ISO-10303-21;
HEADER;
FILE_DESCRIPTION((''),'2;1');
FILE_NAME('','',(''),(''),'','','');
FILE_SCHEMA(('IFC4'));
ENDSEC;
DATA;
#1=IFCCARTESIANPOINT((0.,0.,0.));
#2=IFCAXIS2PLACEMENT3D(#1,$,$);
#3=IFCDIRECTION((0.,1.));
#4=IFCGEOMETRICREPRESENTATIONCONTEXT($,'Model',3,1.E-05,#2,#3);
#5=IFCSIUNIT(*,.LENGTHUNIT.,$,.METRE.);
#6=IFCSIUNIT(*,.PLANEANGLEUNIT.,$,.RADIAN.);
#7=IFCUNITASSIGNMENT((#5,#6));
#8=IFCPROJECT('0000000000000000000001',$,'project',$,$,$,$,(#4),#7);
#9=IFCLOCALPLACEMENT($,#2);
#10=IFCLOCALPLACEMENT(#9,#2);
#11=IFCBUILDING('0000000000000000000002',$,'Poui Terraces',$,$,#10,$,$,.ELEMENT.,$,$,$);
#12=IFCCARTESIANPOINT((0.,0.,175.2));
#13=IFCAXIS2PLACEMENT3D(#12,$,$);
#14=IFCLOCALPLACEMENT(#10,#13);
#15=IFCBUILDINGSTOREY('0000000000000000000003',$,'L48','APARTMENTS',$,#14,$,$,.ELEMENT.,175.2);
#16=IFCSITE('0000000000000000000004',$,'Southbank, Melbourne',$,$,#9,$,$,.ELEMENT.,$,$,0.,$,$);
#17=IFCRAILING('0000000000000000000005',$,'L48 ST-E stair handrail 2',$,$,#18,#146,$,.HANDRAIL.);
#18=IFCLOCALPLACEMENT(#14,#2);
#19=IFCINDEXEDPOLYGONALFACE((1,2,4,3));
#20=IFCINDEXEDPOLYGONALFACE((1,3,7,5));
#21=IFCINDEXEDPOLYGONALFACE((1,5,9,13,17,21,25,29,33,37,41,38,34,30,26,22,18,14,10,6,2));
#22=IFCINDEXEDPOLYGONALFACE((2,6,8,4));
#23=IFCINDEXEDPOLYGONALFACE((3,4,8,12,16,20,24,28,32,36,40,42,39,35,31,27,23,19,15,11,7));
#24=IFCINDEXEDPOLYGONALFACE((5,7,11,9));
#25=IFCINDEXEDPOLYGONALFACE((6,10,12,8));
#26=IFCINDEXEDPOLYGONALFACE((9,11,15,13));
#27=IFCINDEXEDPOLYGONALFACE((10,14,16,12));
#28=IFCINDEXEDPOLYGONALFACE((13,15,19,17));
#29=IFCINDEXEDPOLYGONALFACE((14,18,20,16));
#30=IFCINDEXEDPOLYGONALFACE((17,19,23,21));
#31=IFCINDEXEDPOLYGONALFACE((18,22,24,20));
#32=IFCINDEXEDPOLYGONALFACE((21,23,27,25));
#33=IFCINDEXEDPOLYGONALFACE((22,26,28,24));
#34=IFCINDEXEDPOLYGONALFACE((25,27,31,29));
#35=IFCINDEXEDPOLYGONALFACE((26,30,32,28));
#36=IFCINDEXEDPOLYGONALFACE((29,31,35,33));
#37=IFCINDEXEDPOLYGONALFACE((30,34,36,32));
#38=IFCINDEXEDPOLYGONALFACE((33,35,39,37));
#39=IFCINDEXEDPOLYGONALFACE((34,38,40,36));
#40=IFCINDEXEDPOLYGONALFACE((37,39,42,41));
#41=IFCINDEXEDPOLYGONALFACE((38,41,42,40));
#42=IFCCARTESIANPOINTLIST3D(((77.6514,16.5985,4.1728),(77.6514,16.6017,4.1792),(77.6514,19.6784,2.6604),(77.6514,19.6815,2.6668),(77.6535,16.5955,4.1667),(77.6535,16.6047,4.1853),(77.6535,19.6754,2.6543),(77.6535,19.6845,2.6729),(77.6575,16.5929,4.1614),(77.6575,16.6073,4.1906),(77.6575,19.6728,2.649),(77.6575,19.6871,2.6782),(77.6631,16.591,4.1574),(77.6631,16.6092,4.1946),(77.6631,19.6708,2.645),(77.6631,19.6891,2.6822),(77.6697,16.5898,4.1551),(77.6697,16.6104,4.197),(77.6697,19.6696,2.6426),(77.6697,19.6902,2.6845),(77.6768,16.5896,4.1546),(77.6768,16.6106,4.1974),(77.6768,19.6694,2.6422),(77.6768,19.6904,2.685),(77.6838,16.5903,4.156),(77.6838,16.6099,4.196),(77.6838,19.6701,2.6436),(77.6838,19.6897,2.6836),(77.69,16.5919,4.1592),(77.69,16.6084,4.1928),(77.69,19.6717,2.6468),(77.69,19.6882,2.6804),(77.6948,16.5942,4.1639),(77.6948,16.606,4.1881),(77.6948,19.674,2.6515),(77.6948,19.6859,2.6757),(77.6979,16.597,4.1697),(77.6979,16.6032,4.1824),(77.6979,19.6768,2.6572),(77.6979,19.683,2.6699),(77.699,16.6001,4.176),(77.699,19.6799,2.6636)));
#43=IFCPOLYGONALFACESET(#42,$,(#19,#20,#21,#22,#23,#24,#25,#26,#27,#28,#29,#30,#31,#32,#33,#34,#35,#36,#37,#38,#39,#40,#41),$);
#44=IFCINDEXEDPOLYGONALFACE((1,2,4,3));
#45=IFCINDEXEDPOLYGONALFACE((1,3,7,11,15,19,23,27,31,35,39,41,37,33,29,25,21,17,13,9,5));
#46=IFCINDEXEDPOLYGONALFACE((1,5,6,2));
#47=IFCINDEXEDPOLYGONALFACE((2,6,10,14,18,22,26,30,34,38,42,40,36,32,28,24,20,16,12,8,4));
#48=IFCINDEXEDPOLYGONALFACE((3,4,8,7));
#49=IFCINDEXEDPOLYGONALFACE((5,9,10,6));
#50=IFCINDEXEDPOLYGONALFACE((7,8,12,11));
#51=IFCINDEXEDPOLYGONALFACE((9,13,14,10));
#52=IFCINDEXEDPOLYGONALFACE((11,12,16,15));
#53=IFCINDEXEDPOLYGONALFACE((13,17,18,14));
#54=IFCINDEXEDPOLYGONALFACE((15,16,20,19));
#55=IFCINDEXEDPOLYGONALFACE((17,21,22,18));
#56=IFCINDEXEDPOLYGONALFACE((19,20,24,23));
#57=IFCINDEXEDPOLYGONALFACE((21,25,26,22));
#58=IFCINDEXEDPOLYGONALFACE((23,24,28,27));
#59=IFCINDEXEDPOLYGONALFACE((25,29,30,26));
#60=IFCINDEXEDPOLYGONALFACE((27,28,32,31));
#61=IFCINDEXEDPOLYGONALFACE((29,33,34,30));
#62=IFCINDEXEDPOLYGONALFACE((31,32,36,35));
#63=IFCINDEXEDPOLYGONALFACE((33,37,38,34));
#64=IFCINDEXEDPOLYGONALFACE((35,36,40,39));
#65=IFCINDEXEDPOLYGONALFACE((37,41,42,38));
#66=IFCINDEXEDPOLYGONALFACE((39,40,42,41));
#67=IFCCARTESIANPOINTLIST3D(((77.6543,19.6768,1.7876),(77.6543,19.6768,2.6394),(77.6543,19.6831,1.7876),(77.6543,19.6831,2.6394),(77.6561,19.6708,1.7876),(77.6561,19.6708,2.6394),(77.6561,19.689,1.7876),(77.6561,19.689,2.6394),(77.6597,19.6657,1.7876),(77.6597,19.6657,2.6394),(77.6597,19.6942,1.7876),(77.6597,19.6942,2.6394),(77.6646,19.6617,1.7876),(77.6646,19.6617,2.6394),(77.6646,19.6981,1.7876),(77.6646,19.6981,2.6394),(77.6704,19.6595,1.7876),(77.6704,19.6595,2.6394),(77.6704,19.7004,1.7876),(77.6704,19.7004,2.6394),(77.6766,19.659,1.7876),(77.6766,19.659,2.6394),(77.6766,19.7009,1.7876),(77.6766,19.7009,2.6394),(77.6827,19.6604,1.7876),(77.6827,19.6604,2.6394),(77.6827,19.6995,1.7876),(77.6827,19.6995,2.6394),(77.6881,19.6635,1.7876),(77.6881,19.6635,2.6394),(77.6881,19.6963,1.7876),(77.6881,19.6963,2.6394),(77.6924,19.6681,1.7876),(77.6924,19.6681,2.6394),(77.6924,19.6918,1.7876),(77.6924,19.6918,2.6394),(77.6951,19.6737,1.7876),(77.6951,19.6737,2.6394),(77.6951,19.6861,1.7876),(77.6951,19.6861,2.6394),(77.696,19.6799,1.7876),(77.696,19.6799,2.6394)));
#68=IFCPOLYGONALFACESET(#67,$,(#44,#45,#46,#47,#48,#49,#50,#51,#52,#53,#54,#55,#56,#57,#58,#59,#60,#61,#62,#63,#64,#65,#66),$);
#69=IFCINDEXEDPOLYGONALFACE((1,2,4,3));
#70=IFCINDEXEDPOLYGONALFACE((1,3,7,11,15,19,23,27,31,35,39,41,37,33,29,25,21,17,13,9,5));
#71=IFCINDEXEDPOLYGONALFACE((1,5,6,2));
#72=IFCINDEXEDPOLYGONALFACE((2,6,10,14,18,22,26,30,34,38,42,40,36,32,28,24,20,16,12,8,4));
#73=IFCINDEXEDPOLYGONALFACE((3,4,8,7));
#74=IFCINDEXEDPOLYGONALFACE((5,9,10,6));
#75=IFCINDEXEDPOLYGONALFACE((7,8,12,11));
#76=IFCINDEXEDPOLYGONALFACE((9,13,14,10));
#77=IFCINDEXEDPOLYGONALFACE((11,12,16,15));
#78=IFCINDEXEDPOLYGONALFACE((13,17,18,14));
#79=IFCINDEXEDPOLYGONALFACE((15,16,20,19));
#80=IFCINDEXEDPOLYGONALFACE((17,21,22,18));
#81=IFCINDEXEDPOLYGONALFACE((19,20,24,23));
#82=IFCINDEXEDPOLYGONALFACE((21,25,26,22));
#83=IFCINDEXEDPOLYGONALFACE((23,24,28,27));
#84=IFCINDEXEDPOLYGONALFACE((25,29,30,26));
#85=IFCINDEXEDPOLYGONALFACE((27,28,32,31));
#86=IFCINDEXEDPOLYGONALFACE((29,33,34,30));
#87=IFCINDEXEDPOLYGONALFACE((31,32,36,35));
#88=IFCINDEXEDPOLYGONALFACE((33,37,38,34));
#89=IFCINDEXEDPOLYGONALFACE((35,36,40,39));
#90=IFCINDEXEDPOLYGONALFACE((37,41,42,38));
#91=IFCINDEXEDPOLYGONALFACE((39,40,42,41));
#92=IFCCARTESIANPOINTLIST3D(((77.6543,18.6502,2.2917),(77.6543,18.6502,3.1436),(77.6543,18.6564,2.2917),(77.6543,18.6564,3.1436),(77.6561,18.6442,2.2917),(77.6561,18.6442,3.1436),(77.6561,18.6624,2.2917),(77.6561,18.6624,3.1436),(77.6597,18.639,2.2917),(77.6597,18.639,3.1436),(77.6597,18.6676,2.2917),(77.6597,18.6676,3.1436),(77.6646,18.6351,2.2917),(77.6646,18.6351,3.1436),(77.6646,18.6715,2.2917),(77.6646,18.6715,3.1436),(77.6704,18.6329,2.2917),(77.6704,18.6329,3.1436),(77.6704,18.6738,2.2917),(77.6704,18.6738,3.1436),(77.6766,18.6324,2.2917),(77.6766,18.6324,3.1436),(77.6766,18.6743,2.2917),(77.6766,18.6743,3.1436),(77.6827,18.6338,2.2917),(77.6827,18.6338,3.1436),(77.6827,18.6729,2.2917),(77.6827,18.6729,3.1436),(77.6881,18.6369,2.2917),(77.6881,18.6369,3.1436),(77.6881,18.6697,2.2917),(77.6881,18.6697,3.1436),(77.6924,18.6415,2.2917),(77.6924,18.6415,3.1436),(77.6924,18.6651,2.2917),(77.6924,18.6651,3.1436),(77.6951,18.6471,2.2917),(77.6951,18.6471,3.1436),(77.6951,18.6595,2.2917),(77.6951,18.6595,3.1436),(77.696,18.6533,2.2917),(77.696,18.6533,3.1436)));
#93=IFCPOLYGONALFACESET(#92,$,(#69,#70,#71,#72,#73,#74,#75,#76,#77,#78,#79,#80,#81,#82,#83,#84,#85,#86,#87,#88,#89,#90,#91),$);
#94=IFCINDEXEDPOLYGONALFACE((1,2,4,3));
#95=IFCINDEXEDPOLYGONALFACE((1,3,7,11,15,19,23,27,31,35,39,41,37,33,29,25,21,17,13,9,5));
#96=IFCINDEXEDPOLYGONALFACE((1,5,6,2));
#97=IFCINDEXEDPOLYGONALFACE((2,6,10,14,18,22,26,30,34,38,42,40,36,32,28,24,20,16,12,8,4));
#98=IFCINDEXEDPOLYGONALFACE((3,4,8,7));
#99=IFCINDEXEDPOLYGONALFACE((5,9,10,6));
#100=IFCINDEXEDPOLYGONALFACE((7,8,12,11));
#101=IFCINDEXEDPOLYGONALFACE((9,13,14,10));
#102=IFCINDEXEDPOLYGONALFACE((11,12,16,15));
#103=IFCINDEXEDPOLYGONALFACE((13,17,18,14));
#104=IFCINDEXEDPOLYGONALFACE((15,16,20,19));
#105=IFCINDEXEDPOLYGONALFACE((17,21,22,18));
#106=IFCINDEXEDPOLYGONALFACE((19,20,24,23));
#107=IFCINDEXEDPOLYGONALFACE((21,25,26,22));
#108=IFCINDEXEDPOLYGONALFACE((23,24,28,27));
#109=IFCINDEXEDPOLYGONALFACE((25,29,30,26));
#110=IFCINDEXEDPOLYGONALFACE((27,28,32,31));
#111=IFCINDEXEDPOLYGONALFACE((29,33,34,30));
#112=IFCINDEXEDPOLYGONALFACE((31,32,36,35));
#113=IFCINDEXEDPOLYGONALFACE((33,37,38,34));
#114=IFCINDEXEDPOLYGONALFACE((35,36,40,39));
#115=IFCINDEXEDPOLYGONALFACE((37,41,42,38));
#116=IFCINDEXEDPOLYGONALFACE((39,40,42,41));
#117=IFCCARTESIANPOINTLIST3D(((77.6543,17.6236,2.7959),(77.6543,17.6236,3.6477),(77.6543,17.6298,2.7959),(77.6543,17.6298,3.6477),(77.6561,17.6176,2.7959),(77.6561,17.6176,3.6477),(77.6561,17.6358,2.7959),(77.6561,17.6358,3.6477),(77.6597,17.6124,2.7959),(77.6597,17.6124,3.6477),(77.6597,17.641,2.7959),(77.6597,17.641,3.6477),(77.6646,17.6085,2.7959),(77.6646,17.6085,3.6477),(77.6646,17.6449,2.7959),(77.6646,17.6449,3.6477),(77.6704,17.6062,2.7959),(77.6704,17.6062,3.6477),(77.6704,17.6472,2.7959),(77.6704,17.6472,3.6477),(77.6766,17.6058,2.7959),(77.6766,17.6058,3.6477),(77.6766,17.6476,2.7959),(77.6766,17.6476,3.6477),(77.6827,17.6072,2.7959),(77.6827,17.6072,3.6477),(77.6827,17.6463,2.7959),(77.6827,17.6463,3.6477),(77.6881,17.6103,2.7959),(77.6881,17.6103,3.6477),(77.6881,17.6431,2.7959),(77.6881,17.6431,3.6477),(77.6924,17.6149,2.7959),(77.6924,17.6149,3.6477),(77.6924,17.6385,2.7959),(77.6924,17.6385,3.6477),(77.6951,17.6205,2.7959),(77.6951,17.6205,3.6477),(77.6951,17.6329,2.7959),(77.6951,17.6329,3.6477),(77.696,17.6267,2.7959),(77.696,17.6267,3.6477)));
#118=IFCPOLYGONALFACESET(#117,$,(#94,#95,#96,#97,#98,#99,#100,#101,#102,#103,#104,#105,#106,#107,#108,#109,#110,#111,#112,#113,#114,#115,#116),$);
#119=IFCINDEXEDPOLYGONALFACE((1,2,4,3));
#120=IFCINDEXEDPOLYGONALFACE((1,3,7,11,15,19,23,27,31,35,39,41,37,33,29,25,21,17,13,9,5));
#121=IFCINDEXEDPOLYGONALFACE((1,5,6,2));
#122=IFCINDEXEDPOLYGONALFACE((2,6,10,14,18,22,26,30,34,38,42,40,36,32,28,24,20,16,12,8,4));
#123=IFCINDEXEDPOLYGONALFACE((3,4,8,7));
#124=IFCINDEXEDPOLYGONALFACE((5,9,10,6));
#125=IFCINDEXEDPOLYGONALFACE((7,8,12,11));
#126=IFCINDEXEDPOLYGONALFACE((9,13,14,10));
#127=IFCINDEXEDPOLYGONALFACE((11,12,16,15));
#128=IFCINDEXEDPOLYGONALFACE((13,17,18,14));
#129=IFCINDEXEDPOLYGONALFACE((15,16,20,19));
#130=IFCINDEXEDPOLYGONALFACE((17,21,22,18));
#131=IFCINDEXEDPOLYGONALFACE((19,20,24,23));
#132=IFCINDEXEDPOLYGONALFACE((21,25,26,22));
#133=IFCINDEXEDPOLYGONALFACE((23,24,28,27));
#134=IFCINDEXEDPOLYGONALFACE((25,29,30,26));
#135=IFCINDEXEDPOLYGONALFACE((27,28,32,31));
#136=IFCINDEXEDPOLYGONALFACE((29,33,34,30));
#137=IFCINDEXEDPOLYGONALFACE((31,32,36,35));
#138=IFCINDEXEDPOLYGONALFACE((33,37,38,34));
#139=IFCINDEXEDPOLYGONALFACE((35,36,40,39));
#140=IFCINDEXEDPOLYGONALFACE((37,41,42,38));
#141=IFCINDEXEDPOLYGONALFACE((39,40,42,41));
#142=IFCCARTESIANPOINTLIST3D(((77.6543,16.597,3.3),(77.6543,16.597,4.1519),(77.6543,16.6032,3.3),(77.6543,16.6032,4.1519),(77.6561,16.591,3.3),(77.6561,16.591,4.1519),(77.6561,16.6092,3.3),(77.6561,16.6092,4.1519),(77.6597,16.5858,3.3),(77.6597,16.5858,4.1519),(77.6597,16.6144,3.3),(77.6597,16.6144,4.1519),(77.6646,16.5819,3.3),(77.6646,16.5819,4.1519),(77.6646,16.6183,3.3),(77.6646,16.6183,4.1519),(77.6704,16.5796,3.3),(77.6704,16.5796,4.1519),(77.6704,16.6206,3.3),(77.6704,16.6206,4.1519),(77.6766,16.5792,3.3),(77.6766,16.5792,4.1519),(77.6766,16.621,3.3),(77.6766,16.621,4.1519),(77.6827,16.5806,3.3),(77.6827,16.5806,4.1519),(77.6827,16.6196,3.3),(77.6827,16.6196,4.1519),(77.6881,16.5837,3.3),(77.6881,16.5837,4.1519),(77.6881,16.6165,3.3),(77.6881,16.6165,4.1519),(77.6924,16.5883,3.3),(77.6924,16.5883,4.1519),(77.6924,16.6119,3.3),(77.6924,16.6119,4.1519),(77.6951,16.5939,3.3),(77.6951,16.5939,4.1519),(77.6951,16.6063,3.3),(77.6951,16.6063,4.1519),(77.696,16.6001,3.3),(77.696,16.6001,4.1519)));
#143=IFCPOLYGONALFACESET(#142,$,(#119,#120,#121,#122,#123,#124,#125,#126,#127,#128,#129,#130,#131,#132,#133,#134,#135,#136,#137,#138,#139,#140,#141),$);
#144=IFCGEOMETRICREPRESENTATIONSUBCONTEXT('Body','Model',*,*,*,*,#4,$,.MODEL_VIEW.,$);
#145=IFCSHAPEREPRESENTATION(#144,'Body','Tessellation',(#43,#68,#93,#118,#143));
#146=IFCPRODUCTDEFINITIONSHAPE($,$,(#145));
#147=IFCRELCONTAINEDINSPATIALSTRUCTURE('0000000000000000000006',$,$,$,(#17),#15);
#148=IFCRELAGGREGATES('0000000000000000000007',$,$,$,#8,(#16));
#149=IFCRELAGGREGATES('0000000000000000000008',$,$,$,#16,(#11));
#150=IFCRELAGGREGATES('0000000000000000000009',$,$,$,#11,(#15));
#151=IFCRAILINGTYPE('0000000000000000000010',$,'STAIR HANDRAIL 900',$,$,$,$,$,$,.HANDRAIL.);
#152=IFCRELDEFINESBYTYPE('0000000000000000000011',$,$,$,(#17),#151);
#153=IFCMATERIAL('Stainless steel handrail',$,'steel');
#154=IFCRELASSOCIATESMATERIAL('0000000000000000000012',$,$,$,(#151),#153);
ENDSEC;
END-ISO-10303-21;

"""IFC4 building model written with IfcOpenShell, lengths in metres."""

from ifc_helpers import new_model, si_unit, direction, frame, origin, origin_2d, place, context, subcontext, project, spatial, circle, extrude, material, type_object, element, save


model = new_model("IFC4")

# Units and contexts
model_context = context("Model", 3, precision=1e-05, world=origin(), true_north=direction((0.0, 1.0)))
body_context = subcontext(model_context, "Body", "Model", "MODEL_VIEW")
ifc_project = project(units=[si_unit("LENGTHUNIT", "METRE"), si_unit("PLANEANGLEUNIT", "RADIAN")], contexts=[model_context])

# Site, building, storey
site_placement = place(None, origin())
site = spatial("IfcSite", under=ifc_project, at=site_placement, Name="Southbank, Melbourne", CompositionType="ELEMENT", RefElevation=0.0)
building_placement = place(site_placement, origin())
building = spatial("IfcBuilding", under=site, at=building_placement, Name="Poui Terraces", CompositionType="ELEMENT")
storey_placement = place(building_placement, frame((0.0, 0.0, 175.2)))
storey = spatial("IfcBuildingStorey", under=building, at=storey_placement, Name="L48", Description="APARTMENTS", CompositionType="ELEMENT", Elevation=175.2)

# Railing
ifc_material_1 = material(Name="Stainless steel handrail", Category="steel")
railing_type_1 = type_object("IfcRailingType", Name="STAIR HANDRAIL 900", PredefinedType="HANDRAIL", material=ifc_material_1)
railing_1_placement = place(storey_placement, frame((77.675, 19.6799, 1.7876)))
element("IfcRailing", 1, at=railing_1_placement, inside=storey, type_object=railing_type_1, Name="L48 ST-E stair handrail 2", PredefinedType="HANDRAIL", context=body_context, shape_type="SweptSolid", body=[
    extrude(circle(Radius=0.0239, at=origin_2d()), frame((0.0, 0.0, 0.876), z_axis=(0.0, -0.897606, 0.440798), x_axis=(1.0, 0.0, 0.0)), (0.0, 0.0, 1.0), 3.4312),
    extrude(circle(Radius=0.021, at=origin_2d()), origin(), (0.0, 0.0, 1.0), 0.8518),
    extrude(circle(Radius=0.021, at=origin_2d()), frame((0.0, -1.0266, 0.5042)), (0.0, 0.0, 1.0), 0.8518),
    extrude(circle(Radius=0.021, at=origin_2d()), frame((0.0, -2.0532, 1.0083)), (0.0, 0.0, 1.0), 0.8518),
    extrude(circle(Radius=0.021, at=origin_2d()), frame((0.0, -3.0798, 1.5125)), (0.0, 0.0, 1.0), 0.8518),
])

save(model, "model.ifc")
